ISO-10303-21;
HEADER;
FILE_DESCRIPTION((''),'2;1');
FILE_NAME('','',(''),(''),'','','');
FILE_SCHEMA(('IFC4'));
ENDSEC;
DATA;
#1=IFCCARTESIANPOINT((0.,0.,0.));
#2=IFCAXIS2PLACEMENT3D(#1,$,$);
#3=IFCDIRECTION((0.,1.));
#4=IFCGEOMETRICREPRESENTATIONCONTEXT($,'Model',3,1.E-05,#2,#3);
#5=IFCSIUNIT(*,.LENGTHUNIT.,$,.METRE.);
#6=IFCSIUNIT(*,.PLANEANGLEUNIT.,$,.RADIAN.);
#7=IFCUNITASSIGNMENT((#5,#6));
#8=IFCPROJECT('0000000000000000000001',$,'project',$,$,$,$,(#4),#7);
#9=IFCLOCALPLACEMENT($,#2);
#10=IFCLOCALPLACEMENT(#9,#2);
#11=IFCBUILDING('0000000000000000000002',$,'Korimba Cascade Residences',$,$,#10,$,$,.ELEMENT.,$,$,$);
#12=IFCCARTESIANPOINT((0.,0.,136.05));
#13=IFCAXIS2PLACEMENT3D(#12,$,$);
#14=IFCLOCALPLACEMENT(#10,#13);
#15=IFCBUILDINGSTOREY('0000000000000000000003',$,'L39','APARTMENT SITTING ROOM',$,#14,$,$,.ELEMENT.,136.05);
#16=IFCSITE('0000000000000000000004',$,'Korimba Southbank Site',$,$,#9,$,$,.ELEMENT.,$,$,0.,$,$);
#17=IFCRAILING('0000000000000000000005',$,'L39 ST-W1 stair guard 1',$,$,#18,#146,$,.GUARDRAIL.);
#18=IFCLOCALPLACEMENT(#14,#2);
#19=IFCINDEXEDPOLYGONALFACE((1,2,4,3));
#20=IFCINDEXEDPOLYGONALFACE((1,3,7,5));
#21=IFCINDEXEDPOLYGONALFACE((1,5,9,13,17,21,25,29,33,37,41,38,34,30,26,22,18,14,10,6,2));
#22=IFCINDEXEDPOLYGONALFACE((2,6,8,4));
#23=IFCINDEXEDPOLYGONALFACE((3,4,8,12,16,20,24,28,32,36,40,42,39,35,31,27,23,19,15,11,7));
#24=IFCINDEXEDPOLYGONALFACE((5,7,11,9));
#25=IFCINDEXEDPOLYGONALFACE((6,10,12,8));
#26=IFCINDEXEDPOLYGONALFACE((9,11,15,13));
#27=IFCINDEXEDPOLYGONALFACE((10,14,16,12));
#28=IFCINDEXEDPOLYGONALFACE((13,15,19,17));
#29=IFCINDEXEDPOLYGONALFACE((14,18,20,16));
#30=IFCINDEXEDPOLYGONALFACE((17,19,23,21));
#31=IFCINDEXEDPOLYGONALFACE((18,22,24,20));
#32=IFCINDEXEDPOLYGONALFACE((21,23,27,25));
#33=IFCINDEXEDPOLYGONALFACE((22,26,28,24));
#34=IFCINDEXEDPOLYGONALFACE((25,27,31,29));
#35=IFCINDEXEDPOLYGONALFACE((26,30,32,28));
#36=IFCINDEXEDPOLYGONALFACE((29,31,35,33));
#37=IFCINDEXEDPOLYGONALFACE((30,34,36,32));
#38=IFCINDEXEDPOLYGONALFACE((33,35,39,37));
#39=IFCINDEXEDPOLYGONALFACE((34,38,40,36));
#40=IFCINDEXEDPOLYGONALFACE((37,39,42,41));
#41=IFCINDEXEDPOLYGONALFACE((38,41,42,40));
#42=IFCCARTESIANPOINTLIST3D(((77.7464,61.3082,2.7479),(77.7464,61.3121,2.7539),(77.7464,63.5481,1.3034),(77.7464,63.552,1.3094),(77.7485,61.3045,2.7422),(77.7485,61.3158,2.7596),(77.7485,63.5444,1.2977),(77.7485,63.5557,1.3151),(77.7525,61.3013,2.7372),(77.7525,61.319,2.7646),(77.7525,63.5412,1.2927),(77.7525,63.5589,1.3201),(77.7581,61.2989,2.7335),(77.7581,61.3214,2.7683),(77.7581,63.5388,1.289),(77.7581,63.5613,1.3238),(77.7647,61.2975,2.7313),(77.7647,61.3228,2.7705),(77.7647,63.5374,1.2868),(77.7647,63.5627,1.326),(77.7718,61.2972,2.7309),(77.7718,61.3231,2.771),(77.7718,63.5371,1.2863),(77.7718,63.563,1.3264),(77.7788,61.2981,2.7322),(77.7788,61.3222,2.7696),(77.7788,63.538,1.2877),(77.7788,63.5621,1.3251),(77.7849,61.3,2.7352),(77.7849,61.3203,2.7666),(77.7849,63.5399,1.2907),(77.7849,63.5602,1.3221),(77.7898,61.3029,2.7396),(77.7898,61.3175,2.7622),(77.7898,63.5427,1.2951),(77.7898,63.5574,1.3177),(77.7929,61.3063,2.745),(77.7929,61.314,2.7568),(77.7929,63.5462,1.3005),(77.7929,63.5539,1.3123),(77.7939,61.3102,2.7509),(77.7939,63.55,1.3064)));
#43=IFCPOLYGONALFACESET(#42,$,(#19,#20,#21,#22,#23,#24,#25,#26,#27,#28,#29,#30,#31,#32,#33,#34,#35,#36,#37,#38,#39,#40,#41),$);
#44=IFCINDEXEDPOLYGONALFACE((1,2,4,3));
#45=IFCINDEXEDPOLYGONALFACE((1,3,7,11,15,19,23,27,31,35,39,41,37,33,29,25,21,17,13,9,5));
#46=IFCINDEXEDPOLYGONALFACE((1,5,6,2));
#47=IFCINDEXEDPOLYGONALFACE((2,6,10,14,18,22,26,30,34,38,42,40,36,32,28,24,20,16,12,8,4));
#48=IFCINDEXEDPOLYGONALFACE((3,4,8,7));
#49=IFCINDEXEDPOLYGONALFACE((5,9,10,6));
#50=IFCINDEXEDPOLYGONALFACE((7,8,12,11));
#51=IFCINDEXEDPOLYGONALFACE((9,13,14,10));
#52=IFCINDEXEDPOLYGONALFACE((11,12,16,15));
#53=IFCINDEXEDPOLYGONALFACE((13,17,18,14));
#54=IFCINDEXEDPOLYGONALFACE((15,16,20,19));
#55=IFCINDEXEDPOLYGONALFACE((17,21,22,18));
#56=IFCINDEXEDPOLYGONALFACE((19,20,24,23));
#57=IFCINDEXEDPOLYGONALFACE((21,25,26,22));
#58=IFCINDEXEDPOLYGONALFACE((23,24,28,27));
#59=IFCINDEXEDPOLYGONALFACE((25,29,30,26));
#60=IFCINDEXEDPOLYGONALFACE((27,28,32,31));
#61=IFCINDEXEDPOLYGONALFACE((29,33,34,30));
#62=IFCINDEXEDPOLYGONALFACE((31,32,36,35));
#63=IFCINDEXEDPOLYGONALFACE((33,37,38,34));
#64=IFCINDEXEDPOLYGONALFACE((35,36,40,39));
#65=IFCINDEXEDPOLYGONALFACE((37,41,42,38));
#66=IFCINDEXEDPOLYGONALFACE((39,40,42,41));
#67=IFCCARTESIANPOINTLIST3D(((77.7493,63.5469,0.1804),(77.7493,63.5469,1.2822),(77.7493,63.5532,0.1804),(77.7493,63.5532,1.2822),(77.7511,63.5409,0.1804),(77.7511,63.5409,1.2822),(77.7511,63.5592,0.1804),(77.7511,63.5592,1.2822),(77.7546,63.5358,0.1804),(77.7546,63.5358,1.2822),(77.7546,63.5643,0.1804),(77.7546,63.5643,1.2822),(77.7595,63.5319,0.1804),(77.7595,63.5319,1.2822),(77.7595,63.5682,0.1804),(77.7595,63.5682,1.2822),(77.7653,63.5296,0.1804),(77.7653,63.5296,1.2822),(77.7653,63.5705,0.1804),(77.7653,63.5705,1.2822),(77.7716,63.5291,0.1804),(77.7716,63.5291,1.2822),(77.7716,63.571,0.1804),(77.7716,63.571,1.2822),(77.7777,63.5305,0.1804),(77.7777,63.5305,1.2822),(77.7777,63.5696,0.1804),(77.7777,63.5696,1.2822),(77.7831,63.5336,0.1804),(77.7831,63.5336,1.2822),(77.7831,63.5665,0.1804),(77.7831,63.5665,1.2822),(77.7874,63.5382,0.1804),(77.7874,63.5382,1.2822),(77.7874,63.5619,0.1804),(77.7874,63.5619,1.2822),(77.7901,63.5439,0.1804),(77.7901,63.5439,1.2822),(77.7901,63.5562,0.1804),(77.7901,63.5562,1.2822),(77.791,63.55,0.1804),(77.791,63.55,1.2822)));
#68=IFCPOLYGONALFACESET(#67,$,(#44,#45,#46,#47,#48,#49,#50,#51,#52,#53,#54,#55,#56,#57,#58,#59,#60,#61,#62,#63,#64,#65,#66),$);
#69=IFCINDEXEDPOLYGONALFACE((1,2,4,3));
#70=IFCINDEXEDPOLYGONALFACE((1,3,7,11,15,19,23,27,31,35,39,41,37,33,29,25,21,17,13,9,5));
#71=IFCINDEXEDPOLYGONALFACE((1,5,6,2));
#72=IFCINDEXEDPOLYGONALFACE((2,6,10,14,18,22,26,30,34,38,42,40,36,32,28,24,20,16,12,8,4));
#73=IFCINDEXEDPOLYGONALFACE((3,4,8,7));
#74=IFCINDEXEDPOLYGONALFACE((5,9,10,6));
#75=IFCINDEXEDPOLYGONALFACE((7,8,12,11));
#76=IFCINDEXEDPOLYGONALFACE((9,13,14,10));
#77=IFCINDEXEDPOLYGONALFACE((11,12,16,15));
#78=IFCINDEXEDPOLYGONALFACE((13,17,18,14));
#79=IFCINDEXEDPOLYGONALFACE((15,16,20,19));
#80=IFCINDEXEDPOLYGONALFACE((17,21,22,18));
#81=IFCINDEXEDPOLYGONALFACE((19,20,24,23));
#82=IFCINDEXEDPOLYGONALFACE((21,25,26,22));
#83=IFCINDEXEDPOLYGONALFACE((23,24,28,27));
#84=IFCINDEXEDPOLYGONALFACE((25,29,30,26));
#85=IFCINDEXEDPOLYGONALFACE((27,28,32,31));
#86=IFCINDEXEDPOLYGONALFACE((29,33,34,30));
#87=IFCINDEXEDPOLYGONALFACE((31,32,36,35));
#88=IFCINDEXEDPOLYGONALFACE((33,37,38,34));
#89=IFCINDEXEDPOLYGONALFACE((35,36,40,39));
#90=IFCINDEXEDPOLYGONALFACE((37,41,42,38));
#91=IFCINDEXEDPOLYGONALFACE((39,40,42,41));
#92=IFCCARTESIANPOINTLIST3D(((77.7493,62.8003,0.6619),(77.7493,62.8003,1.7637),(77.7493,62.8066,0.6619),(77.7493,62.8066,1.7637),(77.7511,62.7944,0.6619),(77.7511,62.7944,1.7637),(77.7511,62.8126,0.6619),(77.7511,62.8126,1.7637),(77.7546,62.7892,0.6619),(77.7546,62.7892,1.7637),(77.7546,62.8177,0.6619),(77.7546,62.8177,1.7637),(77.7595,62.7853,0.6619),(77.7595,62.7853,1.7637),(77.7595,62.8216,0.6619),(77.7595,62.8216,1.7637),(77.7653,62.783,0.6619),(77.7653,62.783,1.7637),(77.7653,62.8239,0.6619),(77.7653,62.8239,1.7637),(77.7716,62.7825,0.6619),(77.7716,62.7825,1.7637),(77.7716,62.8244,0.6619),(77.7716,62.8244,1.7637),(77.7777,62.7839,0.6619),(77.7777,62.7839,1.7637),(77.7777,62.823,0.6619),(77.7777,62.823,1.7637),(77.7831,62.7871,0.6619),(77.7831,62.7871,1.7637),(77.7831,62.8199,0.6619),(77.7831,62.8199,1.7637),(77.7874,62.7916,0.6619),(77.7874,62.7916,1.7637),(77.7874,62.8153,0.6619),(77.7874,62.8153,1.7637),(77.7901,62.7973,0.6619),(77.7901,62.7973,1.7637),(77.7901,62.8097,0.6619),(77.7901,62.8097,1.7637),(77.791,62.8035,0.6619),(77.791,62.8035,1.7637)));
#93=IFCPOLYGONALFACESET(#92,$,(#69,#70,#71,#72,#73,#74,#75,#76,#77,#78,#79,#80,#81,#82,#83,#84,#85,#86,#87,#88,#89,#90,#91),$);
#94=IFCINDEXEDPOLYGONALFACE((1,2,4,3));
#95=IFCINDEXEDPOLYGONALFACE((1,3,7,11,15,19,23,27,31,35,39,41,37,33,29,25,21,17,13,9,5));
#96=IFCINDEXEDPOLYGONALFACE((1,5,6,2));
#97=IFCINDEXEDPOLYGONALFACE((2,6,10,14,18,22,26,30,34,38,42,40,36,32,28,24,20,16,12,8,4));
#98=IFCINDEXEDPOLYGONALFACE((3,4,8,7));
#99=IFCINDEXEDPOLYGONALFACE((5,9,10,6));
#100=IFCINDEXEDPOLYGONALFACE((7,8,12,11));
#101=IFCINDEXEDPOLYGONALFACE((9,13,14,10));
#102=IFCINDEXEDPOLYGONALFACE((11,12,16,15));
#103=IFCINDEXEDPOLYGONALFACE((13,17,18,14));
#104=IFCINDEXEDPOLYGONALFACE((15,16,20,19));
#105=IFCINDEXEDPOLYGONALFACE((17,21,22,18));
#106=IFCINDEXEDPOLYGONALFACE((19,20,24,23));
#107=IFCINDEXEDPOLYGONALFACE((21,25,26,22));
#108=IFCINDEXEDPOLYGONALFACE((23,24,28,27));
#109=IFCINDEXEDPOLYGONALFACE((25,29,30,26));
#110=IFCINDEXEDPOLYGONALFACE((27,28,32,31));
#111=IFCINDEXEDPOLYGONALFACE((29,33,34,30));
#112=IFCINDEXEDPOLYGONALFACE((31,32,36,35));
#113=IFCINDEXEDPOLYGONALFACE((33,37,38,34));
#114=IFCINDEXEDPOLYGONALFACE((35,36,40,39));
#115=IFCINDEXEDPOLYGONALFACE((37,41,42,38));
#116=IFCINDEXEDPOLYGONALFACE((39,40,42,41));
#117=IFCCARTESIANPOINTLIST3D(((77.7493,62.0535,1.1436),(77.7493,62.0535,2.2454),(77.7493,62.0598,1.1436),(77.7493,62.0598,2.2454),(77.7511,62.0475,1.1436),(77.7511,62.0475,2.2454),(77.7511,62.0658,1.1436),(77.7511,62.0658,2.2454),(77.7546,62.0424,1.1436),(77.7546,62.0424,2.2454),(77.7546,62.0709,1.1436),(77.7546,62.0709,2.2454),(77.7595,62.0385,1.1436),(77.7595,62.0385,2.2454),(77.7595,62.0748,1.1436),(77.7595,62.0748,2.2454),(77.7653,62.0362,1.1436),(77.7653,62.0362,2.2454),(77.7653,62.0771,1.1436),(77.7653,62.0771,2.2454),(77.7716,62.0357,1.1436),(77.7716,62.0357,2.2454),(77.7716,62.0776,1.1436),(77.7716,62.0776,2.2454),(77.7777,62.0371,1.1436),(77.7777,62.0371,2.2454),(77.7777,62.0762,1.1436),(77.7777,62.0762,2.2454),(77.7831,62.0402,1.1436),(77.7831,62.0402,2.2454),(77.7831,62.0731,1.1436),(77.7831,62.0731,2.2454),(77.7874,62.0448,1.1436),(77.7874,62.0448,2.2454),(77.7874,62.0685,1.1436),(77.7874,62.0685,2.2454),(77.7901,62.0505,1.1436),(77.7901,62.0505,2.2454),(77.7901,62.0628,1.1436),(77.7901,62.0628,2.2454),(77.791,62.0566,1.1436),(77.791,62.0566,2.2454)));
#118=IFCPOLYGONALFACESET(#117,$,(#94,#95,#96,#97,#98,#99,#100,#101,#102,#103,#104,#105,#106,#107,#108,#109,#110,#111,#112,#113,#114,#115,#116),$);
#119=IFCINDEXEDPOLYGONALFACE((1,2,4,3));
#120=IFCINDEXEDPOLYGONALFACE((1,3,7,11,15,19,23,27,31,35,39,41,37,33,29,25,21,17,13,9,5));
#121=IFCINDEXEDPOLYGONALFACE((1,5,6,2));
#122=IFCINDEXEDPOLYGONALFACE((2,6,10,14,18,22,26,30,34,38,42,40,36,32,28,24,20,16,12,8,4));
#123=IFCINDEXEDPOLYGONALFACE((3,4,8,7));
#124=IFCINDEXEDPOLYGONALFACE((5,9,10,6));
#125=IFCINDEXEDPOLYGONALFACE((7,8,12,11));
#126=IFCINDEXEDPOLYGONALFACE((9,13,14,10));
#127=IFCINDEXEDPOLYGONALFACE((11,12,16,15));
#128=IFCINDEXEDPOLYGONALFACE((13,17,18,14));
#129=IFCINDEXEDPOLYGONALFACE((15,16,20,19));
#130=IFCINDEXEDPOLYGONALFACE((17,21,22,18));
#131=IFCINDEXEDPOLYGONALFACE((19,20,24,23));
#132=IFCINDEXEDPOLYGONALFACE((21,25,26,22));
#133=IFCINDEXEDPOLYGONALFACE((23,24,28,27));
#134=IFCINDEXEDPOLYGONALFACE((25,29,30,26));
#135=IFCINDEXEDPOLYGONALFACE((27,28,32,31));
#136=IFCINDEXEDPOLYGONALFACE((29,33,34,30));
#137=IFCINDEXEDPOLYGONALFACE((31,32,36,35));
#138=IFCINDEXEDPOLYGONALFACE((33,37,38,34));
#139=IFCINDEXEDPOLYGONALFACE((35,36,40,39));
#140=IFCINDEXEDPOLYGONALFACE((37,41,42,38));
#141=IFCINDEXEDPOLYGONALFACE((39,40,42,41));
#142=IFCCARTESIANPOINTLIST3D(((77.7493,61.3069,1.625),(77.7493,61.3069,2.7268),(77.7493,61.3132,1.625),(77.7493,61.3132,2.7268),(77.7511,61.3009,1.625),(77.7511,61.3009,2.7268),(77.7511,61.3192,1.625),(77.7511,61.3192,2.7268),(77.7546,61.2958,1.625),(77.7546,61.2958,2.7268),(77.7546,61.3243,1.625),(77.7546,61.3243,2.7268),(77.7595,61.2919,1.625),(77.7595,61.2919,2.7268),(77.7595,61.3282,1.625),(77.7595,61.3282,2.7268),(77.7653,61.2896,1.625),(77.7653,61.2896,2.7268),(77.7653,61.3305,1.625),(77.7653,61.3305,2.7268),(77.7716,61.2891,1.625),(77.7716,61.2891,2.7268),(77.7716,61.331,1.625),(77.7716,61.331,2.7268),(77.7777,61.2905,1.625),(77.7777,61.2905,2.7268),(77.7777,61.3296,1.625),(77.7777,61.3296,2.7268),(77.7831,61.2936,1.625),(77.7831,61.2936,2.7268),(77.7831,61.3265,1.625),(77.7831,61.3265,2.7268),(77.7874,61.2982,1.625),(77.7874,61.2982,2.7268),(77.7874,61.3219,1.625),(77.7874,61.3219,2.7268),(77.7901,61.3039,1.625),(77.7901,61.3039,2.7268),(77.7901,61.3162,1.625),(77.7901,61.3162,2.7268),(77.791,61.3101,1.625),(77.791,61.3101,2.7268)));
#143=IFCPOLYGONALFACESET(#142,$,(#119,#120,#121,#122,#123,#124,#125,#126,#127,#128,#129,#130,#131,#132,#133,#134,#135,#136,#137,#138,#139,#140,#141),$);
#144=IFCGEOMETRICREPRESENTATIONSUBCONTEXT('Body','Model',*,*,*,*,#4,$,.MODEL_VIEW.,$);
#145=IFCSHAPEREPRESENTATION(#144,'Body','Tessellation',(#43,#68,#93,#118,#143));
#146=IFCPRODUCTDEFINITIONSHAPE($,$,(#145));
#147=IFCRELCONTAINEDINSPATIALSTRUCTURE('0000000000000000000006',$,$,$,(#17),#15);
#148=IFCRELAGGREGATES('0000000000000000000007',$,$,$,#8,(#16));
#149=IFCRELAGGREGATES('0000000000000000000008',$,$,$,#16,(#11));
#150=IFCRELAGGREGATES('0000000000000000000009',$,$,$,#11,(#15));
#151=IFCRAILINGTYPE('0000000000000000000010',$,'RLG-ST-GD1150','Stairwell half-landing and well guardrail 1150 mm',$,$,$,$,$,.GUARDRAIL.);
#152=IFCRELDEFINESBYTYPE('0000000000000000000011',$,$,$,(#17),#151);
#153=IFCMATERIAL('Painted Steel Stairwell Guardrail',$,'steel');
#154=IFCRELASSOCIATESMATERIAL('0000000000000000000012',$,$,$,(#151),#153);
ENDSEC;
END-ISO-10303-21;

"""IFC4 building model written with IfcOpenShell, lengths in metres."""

from ifc_helpers import new_model, si_unit, direction, frame, origin, origin_2d, place, context, subcontext, project, spatial, circle, extrude, material, type_object, element, save


model = new_model("IFC4")

# Units and contexts
model_context = context("Model", 3, precision=1e-05, world=origin(), true_north=direction((0.0, 1.0)))
body_context = subcontext(model_context, "Body", "Model", "MODEL_VIEW")
ifc_project = project(units=[si_unit("LENGTHUNIT", "METRE"), si_unit("PLANEANGLEUNIT", "RADIAN")], contexts=[model_context])

# Site, building, storey
site_placement = place(None, origin())
site = spatial("IfcSite", under=ifc_project, at=site_placement, Name="Korimba Southbank Site", CompositionType="ELEMENT", RefElevation=0.0)
building_placement = place(site_placement, origin())
building = spatial("IfcBuilding", under=site, at=building_placement, Name="Korimba Cascade Residences", CompositionType="ELEMENT")
storey_placement = place(building_placement, frame((0.0, 0.0, 136.05)))
storey = spatial("IfcBuildingStorey", under=building, at=storey_placement, Name="L39", Description="APARTMENT SITTING ROOM", CompositionType="ELEMENT", Elevation=136.05)

# Railing
ifc_material_1 = material(Name="Painted Steel Stairwell Guardrail", Category="steel")
railing_type_1 = type_object("IfcRailingType", Name="RLG-ST-GD1150", Description="Stairwell half-landing and well guardrail 1150 mm", PredefinedType="GUARDRAIL", material=ifc_material_1)
railing_1_placement = place(storey_placement, frame((77.77, 63.55, 0.1804)))
element("IfcRailing", 1, at=railing_1_placement, inside=storey, type_object=railing_type_1, Name="L39 ST-W1 stair guard 1", PredefinedType="GUARDRAIL", context=body_context, shape_type="SweptSolid", body=[
    extrude(circle(Radius=0.0239, at=origin_2d()), frame((0.0, 0.0, 1.126), z_axis=(0.0, -0.840395, 0.541975), x_axis=(1.0, 0.0, 0.0)), (0.0, 0.0, 1.0), 2.6653),
    extrude(circle(Radius=0.021, at=origin_2d()), origin(), (0.0, 0.0, 1.0), 1.1018),
    extrude(circle(Radius=0.021, at=origin_2d()), frame((0.0, -0.7466, 0.4814)), (0.0, 0.0, 1.0), 1.1018),
    extrude(circle(Radius=0.021, at=origin_2d()), frame((0.0, -1.4934, 0.9631)), (0.0, 0.0, 1.0), 1.1018),
    extrude(circle(Radius=0.021, at=origin_2d()), frame((0.0, -2.24, 1.4446)), (0.0, 0.0, 1.0), 1.1018),
])

save(model, "model.ifc")
